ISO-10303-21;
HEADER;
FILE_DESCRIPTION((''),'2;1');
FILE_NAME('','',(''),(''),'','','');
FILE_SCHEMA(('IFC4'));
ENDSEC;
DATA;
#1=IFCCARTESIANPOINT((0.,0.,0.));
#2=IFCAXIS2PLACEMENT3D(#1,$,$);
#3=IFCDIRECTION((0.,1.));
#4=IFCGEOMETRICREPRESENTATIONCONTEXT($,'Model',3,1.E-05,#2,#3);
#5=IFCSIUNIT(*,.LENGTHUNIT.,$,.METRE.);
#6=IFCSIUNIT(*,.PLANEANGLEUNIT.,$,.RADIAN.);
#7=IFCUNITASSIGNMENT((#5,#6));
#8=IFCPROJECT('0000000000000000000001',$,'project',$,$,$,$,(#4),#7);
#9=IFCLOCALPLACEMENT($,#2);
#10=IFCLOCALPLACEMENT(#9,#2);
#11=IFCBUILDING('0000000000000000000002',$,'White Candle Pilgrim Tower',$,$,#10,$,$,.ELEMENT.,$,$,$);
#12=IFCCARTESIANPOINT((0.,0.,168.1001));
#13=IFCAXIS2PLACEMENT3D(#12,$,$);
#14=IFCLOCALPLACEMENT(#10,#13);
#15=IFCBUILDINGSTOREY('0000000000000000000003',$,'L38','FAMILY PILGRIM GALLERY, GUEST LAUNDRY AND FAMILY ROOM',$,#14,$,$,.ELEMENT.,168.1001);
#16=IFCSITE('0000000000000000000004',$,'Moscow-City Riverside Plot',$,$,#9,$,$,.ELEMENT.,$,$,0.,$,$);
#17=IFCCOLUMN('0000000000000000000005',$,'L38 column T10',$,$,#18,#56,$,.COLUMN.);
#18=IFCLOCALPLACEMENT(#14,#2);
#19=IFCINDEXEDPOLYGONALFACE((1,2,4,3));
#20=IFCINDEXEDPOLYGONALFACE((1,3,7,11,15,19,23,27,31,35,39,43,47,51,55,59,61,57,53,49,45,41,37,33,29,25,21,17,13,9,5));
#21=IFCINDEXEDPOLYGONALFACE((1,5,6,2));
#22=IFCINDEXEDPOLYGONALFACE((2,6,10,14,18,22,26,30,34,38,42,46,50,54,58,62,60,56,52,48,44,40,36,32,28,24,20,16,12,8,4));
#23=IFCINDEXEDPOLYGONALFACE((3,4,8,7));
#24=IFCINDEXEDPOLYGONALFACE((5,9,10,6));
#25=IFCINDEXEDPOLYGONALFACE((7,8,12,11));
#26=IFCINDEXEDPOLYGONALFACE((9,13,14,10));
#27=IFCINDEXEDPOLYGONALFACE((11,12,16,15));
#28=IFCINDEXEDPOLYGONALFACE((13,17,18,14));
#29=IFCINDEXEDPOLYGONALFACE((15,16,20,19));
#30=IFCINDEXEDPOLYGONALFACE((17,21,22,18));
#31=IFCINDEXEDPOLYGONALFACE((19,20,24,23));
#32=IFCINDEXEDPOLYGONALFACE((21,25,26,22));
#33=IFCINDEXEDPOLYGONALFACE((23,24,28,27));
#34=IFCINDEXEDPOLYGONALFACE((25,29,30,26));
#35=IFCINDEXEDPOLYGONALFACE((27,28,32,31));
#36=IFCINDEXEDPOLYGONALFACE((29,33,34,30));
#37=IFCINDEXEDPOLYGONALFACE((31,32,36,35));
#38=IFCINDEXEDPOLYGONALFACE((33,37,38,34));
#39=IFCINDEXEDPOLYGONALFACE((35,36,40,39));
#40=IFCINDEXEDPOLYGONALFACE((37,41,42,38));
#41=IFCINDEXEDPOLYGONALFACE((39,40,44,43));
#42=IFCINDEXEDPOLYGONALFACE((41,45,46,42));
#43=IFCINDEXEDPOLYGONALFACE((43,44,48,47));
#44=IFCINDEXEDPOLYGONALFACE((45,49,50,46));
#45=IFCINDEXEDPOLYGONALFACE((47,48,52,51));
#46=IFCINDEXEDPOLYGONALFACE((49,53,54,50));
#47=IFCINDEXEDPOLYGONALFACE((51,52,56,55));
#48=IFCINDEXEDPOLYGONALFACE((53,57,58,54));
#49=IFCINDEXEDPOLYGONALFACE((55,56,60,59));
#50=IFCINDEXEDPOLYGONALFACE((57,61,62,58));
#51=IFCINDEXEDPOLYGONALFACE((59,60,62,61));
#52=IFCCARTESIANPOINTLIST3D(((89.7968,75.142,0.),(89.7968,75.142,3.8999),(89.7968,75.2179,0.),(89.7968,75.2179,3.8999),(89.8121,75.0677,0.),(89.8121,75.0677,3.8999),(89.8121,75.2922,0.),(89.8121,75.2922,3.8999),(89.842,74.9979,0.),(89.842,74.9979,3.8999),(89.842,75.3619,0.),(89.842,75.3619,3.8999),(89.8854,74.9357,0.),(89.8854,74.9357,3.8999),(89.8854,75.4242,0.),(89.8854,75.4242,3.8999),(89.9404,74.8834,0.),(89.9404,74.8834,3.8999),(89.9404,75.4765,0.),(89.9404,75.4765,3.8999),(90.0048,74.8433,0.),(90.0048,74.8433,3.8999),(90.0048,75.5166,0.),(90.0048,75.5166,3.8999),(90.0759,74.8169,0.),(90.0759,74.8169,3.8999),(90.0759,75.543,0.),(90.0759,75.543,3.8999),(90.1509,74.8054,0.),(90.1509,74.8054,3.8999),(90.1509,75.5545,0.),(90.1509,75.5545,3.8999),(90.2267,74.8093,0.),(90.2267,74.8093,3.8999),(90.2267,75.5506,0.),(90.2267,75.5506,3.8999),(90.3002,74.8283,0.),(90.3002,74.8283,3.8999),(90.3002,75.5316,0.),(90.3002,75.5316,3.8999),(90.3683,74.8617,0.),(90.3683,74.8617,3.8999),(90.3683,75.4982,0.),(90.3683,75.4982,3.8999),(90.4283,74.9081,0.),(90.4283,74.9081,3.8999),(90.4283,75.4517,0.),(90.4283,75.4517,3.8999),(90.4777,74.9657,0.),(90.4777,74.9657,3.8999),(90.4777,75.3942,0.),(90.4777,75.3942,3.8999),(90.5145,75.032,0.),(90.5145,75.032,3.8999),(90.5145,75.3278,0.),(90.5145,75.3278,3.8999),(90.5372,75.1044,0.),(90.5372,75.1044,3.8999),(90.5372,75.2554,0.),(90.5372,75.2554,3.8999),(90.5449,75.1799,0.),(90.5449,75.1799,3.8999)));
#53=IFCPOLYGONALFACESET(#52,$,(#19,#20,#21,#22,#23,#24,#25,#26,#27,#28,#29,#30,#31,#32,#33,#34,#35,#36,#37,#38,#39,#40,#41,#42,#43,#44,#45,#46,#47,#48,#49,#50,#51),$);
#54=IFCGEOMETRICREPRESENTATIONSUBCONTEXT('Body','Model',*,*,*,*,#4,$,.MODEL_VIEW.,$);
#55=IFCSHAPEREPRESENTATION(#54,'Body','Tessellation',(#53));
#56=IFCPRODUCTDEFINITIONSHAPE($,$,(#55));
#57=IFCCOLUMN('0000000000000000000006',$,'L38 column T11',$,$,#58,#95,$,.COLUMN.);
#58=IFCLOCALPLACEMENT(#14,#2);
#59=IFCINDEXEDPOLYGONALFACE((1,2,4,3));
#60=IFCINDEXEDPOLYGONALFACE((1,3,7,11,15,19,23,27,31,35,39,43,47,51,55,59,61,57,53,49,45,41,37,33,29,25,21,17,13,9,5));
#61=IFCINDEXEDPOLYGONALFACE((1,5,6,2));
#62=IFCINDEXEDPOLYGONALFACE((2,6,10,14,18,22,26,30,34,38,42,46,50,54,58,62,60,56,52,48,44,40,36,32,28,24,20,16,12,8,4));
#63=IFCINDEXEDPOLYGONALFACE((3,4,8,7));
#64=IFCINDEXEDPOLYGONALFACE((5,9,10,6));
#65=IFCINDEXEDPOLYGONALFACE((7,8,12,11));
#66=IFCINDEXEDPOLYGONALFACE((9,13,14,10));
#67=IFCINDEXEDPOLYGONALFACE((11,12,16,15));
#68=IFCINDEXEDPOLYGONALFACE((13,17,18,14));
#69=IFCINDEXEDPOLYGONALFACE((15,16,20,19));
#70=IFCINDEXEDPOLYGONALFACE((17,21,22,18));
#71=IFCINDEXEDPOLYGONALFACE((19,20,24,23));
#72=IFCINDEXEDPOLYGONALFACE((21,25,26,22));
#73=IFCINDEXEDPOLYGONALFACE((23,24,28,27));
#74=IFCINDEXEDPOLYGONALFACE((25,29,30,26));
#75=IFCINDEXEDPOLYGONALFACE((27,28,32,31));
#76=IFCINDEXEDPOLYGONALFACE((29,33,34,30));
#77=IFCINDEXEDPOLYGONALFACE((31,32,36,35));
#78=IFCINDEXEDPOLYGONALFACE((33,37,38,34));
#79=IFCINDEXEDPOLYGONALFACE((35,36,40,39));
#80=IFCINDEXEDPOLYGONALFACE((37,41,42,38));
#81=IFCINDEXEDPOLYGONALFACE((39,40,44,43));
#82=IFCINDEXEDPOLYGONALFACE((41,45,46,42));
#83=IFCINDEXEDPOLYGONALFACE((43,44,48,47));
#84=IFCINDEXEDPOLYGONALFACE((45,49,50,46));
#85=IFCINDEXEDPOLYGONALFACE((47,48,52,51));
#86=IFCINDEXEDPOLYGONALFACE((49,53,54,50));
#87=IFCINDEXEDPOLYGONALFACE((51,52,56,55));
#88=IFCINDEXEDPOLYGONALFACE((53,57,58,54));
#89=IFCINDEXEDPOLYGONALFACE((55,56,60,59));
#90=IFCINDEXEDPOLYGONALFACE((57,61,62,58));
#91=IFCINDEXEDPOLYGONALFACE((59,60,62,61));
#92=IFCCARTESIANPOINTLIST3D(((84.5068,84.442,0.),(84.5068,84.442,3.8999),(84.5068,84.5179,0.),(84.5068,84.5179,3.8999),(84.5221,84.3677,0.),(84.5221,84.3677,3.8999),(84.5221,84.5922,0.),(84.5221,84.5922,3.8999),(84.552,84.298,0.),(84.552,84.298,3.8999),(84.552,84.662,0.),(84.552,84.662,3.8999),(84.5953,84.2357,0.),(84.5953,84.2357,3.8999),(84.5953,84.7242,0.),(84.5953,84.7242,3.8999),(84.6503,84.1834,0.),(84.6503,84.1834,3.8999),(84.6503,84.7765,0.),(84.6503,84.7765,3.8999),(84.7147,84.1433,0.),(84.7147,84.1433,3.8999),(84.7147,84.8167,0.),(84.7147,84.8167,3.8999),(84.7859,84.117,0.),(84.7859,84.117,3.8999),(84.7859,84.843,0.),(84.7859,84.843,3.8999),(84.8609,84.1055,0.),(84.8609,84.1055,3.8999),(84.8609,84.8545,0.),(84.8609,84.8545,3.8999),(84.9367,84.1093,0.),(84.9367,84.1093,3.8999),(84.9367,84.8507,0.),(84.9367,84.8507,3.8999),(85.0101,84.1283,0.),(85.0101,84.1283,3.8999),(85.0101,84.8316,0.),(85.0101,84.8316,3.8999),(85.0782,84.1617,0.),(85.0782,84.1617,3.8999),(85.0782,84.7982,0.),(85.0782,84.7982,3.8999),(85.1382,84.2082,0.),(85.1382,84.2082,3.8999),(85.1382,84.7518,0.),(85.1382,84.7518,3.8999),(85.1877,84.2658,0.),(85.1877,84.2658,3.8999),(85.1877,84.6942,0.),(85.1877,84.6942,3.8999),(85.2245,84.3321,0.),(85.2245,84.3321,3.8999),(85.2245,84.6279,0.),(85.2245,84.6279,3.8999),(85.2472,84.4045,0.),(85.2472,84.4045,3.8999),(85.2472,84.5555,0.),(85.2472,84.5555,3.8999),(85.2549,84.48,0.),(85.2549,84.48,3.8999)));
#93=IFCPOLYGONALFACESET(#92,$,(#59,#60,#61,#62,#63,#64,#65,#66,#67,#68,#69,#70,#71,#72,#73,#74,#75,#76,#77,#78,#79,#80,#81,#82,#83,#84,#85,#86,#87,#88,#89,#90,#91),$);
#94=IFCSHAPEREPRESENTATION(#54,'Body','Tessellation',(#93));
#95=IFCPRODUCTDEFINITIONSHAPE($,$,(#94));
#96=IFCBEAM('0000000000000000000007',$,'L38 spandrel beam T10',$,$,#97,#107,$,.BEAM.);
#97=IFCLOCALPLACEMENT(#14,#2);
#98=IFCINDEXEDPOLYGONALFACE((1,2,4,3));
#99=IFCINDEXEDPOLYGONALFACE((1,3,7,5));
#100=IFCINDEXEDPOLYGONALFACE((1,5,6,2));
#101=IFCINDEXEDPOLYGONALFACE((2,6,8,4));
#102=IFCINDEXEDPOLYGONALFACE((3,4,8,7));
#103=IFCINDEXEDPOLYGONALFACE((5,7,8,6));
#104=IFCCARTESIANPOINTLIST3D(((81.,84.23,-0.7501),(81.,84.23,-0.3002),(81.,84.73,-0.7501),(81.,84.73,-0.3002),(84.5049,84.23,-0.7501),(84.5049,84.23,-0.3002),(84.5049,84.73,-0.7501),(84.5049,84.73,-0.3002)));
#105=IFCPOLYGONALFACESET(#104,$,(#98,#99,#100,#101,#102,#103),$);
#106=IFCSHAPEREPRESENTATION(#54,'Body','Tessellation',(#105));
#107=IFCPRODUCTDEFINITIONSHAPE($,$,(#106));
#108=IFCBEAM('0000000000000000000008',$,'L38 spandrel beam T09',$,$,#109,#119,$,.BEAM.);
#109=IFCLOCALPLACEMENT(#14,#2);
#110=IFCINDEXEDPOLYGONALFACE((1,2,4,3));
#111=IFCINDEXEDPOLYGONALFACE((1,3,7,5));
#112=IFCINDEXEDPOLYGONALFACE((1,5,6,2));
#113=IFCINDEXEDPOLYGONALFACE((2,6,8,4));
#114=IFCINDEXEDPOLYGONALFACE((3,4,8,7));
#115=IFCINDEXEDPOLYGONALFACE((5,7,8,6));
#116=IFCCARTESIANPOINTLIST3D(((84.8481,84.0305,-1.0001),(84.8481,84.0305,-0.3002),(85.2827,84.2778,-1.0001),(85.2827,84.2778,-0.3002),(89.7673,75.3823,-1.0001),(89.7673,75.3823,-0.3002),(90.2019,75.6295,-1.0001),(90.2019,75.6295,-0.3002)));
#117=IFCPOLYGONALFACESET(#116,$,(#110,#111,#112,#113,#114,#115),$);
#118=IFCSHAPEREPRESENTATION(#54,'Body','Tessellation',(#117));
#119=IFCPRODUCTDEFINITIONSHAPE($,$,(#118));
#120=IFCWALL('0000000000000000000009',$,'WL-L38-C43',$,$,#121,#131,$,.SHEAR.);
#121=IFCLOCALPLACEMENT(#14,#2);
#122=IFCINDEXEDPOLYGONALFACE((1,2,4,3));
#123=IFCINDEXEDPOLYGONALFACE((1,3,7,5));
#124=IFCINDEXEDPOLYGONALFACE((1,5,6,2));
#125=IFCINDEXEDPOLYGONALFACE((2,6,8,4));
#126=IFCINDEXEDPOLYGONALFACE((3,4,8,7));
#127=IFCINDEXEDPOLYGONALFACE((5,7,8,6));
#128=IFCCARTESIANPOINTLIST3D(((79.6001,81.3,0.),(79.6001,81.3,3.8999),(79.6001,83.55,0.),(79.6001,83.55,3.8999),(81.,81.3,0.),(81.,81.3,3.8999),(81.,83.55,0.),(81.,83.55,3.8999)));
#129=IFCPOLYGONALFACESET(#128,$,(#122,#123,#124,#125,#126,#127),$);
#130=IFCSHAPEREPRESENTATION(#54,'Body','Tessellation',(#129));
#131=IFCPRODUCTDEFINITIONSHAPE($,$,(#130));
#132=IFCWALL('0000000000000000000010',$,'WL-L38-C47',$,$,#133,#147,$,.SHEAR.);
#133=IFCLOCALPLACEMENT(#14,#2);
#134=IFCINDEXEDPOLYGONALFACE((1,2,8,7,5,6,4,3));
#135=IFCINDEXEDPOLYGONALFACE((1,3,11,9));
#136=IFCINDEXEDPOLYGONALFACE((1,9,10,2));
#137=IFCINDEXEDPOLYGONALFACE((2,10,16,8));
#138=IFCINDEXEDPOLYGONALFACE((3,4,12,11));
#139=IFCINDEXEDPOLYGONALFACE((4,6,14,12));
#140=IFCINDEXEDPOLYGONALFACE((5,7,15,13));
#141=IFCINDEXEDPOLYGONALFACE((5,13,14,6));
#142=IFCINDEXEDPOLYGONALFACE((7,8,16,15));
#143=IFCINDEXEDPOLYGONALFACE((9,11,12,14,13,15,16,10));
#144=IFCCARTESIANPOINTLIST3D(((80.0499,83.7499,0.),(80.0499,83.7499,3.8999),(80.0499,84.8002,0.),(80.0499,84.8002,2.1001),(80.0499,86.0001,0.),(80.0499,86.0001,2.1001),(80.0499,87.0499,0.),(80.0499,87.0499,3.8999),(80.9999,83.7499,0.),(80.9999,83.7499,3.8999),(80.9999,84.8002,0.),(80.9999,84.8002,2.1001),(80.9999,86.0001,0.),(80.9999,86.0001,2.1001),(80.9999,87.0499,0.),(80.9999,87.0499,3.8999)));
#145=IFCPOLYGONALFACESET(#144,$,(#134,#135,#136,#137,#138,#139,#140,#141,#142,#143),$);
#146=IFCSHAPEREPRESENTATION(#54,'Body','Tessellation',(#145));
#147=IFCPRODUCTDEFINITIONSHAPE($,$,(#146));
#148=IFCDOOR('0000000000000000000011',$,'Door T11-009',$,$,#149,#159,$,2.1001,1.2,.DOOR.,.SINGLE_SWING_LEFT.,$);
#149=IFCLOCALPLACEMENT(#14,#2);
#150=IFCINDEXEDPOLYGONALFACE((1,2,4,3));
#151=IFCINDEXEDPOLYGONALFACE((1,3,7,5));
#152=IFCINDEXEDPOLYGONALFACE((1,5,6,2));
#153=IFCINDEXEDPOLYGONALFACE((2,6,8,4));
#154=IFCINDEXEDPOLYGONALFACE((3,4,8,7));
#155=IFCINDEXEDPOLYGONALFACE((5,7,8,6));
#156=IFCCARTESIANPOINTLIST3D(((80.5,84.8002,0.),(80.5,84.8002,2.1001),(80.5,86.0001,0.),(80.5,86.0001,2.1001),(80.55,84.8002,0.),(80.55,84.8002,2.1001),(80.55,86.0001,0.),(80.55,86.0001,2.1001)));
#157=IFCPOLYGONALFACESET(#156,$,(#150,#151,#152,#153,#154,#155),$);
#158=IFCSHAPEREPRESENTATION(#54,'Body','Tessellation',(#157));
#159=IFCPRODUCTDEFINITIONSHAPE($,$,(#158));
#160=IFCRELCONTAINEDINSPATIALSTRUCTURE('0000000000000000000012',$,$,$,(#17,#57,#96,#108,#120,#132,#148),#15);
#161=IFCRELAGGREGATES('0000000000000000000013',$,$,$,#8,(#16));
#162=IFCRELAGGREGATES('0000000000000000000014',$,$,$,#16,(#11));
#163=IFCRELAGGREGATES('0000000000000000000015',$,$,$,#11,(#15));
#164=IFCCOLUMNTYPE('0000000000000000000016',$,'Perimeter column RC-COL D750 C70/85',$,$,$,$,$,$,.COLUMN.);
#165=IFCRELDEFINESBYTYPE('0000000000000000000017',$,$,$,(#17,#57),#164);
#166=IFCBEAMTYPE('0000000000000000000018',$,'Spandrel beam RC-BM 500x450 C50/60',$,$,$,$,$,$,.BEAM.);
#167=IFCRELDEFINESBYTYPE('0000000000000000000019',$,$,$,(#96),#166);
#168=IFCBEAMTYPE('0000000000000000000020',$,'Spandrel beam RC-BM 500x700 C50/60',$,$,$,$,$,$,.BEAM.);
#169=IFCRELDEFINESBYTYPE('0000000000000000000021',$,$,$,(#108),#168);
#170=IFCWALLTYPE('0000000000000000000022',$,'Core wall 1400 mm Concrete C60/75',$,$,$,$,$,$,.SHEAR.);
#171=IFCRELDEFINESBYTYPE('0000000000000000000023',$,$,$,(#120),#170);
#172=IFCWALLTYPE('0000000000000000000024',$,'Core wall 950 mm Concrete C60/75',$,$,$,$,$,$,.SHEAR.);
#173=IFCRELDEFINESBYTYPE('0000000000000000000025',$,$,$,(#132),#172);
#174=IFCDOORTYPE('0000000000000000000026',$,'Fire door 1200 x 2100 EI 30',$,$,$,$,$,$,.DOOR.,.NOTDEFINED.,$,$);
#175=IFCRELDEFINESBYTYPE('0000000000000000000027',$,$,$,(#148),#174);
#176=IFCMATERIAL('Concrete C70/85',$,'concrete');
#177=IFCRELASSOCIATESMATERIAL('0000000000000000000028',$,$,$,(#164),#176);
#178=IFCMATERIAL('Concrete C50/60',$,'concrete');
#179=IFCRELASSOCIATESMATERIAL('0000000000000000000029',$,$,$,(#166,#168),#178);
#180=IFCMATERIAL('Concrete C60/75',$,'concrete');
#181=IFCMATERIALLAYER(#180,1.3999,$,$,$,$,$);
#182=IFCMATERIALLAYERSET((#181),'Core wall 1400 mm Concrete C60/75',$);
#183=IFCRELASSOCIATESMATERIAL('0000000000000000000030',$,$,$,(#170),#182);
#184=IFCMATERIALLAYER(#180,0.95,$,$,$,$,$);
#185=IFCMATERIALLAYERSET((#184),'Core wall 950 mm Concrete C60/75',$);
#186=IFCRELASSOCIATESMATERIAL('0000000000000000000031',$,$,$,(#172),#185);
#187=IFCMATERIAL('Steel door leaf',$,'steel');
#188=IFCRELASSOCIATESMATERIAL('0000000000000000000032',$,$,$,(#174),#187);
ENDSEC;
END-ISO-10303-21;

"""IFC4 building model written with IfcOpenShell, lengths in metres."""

from ifc_helpers import new_model, si_unit, direction, frame, frame_2d, origin, origin_2d, place, context, subcontext, project, spatial, rectangle, circle, extrude, material, layer, layer_set, material_profile, profile_set, type_object, element, fill, save


model = new_model("IFC4")

# Units and contexts
model_context = context("Model", 3, precision=1e-05, world=origin(), true_north=direction((0.0, 1.0)))
body_context = subcontext(model_context, "Body", "Model", "MODEL_VIEW")
ifc_project = project(units=[si_unit("LENGTHUNIT", "METRE"), si_unit("PLANEANGLEUNIT", "RADIAN")], contexts=[model_context])

# Site, building, storey
site_placement = place(None, origin())
site = spatial("IfcSite", under=ifc_project, at=site_placement, Name="Moscow-City Riverside Plot", CompositionType="ELEMENT", RefElevation=0.0)
building_placement = place(site_placement, origin())
building = spatial("IfcBuilding", under=site, at=building_placement, Name="White Candle Pilgrim Tower", CompositionType="ELEMENT")
storey_placement = place(building_placement, frame((0.0, 0.0, 168.1001)))
storey = spatial("IfcBuildingStorey", under=building, at=storey_placement, Name="L38", Description="FAMILY PILGRIM GALLERY, GUEST LAUNDRY AND FAMILY ROOM", CompositionType="ELEMENT", Elevation=168.1001)

# Columns
ifc_material_1 = material(Name="Concrete C70/85", Category="concrete")
ifc_material_profile_1 = material_profile(ifc_material_1, circle(Radius=0.375, at=origin_2d()), Name="RC-COL D750")
ifc_profile_set_1 = profile_set([ifc_material_profile_1], Name="Concrete C70/85")
column_type = type_object("IfcColumnType", Name="Perimeter column RC-COL D750 C70/85", PredefinedType="COLUMN", material=ifc_profile_set_1)
for number, where, z_axis, x_axis, name in (
    (1, (90.1699, 75.1799, 0.0), (0.0, 0.0, 1.0), (1.0, 0.0, 0.0), "L38 column T10"),
    (2, (84.8799, 84.48, 0.0), (0.0, 0.0, 1.0), (1.0, 0.0, 0.0), "L38 column T11"),
):
    element("IfcColumn", number, at=place(storey_placement, frame(where, z_axis=z_axis, x_axis=x_axis)), inside=storey, type_object=column_type, Name=name, PredefinedType="COLUMN", context=body_context, shape_type="SweptSolid", body=[
        extrude(circle(Radius=0.375, at=origin_2d()), origin(), (0.0, 0.0, 1.0), 3.8999),
    ])

# Beams
ifc_material_2 = material(Name="Concrete C50/60", Category="concrete")
ifc_material_profile_2 = material_profile(ifc_material_2, rectangle(XDim=0.5, YDim=0.45, at=origin_2d()), Name="RC-BM 500x450")
ifc_profile_set_2 = profile_set([ifc_material_profile_2], Name="Concrete C50/60")
beam_type_1 = type_object("IfcBeamType", Name="Spandrel beam RC-BM 500x450 C50/60", PredefinedType="BEAM", material=ifc_profile_set_2)
beam_1_placement = place(storey_placement, frame((84.5049, 84.48, -0.5251), z_axis=(-1.0, 0.0, 0.0), x_axis=(0.0, -1.0, 0.0)))
element("IfcBeam", 3, at=beam_1_placement, inside=storey, type_object=beam_type_1, Name="L38 spandrel beam T10", PredefinedType="BEAM", context=body_context, shape_type="SweptSolid", body=[
    extrude(rectangle(XDim=0.5, YDim=0.45, at=origin_2d()), origin(), (0.0, 0.0, 1.0), 3.5049),
])
ifc_material_profile_3 = material_profile(ifc_material_2, rectangle(XDim=0.5, YDim=0.7, at=origin_2d()), Name="RC-BM 500x700")
ifc_profile_set_3 = profile_set([ifc_material_profile_3], Name="Concrete C50/60")
beam_type_2 = type_object("IfcBeamType", Name="Spandrel beam RC-BM 500x700 C50/60", PredefinedType="BEAM", material=ifc_profile_set_3)
beam_2_placement = place(storey_placement, frame((89.9846, 75.5059, -0.6501), z_axis=(-0.494423, 0.869221, 0.0), x_axis=(-0.869221, -0.494423, 0.0)))
element("IfcBeam", 4, at=beam_2_placement, inside=storey, type_object=beam_type_2, Name="L38 spandrel beam T09", PredefinedType="BEAM", context=body_context, shape_type="SweptSolid", body=[
    extrude(rectangle(XDim=0.5, YDim=0.7, at=origin_2d()), origin(), (0.0, 0.0, 1.0), 9.9495),
])

# Wall
ifc_material_3 = material(Name="Concrete C60/75", Category="concrete")
ifc_layer_1 = layer(ifc_material_3, 1.3999)
ifc_layer_set_1 = layer_set([ifc_layer_1], Name="Core wall 1400 mm Concrete C60/75")
wall_type_1 = type_object("IfcWallType", Name="Core wall 1400 mm Concrete C60/75", PredefinedType="SHEAR", material=ifc_layer_set_1)
wall_1_placement = place(storey_placement, frame((80.3, 81.3, 0.0), z_axis=(0.0, 0.0, 1.0), x_axis=(0.0, 1.0, 0.0)))
element("IfcWall", 5, at=wall_1_placement, inside=storey, type_object=wall_type_1, Name="WL-L38-C43", PredefinedType="SHEAR", context=body_context, shape_type="SweptSolid", body=[
    extrude(rectangle(XDim=2.25, YDim=1.3999, at=frame_2d((1.125, 0.0))), origin(), (0.0, 0.0, 1.0), 3.8999),
])

# Wall, opening, door
ifc_layer_2 = layer(ifc_material_3, 0.95)
ifc_layer_set_2 = layer_set([ifc_layer_2], Name="Core wall 950 mm Concrete C60/75")
wall_type_2 = type_object("IfcWallType", Name="Core wall 950 mm Concrete C60/75", PredefinedType="SHEAR", material=ifc_layer_set_2)
wall_2_placement = place(storey_placement, frame((80.5249, 83.75, 0.0), z_axis=(0.0, 0.0, 1.0), x_axis=(0.0, 1.0, 0.0)))
wall_2 = element("IfcWall", 6, at=wall_2_placement, inside=storey, type_object=wall_type_2, Name="WL-L38-C47", PredefinedType="SHEAR", context=body_context, shape_type="SweptSolid", body=[
    extrude(rectangle(XDim=3.3, YDim=0.95, at=frame_2d((1.6499, 0.0))), origin(), (0.0, 0.0, 1.0), 3.8999),
])
opening_1_placement = place(wall_2_placement, frame((1.05, 0.0, 0.0)))
opening_1 = element("IfcOpeningElement", 7, at=opening_1_placement, cuts=wall_2, PredefinedType="OPENING", context=body_context, shape_type="SweptSolid", body=[
    extrude(rectangle(XDim=1.2, YDim=2.1001, at=frame_2d((0.6001, 1.05))), frame((0.0, 0.4849, 0.0), z_axis=(0.0, -1.0, 0.0), x_axis=(1.0, 0.0, 0.0)), (0.0, 0.0, 1.0), 0.97),
])
ifc_material_4 = material(Name="Steel door leaf", Category="steel")
door_type_1 = type_object("IfcDoorType", Name="Fire door 1200 x 2100 EI 30", OperationType="NOTDEFINED", PredefinedType="DOOR", material=ifc_material_4)
door_1_placement = place(opening_1_placement, origin())
door_1 = element("IfcDoor", 8, at=door_1_placement, inside=storey, type_object=door_type_1, Name="Door T11-009", OperationType="SINGLE_SWING_LEFT", OverallHeight=2.1001, OverallWidth=1.2, PredefinedType="DOOR", context=body_context, shape_type="SweptSolid", body=[
    extrude(rectangle(XDim=1.2, YDim=2.1001, at=frame_2d((0.6001, 1.05))), frame((0.0, 0.0249, 0.0), z_axis=(0.0, -1.0, 0.0), x_axis=(1.0, 0.0, 0.0)), (0.0, 0.0, 1.0), 0.05),
])
fill(opening_1, door_1)

save(model, "model.ifc")
